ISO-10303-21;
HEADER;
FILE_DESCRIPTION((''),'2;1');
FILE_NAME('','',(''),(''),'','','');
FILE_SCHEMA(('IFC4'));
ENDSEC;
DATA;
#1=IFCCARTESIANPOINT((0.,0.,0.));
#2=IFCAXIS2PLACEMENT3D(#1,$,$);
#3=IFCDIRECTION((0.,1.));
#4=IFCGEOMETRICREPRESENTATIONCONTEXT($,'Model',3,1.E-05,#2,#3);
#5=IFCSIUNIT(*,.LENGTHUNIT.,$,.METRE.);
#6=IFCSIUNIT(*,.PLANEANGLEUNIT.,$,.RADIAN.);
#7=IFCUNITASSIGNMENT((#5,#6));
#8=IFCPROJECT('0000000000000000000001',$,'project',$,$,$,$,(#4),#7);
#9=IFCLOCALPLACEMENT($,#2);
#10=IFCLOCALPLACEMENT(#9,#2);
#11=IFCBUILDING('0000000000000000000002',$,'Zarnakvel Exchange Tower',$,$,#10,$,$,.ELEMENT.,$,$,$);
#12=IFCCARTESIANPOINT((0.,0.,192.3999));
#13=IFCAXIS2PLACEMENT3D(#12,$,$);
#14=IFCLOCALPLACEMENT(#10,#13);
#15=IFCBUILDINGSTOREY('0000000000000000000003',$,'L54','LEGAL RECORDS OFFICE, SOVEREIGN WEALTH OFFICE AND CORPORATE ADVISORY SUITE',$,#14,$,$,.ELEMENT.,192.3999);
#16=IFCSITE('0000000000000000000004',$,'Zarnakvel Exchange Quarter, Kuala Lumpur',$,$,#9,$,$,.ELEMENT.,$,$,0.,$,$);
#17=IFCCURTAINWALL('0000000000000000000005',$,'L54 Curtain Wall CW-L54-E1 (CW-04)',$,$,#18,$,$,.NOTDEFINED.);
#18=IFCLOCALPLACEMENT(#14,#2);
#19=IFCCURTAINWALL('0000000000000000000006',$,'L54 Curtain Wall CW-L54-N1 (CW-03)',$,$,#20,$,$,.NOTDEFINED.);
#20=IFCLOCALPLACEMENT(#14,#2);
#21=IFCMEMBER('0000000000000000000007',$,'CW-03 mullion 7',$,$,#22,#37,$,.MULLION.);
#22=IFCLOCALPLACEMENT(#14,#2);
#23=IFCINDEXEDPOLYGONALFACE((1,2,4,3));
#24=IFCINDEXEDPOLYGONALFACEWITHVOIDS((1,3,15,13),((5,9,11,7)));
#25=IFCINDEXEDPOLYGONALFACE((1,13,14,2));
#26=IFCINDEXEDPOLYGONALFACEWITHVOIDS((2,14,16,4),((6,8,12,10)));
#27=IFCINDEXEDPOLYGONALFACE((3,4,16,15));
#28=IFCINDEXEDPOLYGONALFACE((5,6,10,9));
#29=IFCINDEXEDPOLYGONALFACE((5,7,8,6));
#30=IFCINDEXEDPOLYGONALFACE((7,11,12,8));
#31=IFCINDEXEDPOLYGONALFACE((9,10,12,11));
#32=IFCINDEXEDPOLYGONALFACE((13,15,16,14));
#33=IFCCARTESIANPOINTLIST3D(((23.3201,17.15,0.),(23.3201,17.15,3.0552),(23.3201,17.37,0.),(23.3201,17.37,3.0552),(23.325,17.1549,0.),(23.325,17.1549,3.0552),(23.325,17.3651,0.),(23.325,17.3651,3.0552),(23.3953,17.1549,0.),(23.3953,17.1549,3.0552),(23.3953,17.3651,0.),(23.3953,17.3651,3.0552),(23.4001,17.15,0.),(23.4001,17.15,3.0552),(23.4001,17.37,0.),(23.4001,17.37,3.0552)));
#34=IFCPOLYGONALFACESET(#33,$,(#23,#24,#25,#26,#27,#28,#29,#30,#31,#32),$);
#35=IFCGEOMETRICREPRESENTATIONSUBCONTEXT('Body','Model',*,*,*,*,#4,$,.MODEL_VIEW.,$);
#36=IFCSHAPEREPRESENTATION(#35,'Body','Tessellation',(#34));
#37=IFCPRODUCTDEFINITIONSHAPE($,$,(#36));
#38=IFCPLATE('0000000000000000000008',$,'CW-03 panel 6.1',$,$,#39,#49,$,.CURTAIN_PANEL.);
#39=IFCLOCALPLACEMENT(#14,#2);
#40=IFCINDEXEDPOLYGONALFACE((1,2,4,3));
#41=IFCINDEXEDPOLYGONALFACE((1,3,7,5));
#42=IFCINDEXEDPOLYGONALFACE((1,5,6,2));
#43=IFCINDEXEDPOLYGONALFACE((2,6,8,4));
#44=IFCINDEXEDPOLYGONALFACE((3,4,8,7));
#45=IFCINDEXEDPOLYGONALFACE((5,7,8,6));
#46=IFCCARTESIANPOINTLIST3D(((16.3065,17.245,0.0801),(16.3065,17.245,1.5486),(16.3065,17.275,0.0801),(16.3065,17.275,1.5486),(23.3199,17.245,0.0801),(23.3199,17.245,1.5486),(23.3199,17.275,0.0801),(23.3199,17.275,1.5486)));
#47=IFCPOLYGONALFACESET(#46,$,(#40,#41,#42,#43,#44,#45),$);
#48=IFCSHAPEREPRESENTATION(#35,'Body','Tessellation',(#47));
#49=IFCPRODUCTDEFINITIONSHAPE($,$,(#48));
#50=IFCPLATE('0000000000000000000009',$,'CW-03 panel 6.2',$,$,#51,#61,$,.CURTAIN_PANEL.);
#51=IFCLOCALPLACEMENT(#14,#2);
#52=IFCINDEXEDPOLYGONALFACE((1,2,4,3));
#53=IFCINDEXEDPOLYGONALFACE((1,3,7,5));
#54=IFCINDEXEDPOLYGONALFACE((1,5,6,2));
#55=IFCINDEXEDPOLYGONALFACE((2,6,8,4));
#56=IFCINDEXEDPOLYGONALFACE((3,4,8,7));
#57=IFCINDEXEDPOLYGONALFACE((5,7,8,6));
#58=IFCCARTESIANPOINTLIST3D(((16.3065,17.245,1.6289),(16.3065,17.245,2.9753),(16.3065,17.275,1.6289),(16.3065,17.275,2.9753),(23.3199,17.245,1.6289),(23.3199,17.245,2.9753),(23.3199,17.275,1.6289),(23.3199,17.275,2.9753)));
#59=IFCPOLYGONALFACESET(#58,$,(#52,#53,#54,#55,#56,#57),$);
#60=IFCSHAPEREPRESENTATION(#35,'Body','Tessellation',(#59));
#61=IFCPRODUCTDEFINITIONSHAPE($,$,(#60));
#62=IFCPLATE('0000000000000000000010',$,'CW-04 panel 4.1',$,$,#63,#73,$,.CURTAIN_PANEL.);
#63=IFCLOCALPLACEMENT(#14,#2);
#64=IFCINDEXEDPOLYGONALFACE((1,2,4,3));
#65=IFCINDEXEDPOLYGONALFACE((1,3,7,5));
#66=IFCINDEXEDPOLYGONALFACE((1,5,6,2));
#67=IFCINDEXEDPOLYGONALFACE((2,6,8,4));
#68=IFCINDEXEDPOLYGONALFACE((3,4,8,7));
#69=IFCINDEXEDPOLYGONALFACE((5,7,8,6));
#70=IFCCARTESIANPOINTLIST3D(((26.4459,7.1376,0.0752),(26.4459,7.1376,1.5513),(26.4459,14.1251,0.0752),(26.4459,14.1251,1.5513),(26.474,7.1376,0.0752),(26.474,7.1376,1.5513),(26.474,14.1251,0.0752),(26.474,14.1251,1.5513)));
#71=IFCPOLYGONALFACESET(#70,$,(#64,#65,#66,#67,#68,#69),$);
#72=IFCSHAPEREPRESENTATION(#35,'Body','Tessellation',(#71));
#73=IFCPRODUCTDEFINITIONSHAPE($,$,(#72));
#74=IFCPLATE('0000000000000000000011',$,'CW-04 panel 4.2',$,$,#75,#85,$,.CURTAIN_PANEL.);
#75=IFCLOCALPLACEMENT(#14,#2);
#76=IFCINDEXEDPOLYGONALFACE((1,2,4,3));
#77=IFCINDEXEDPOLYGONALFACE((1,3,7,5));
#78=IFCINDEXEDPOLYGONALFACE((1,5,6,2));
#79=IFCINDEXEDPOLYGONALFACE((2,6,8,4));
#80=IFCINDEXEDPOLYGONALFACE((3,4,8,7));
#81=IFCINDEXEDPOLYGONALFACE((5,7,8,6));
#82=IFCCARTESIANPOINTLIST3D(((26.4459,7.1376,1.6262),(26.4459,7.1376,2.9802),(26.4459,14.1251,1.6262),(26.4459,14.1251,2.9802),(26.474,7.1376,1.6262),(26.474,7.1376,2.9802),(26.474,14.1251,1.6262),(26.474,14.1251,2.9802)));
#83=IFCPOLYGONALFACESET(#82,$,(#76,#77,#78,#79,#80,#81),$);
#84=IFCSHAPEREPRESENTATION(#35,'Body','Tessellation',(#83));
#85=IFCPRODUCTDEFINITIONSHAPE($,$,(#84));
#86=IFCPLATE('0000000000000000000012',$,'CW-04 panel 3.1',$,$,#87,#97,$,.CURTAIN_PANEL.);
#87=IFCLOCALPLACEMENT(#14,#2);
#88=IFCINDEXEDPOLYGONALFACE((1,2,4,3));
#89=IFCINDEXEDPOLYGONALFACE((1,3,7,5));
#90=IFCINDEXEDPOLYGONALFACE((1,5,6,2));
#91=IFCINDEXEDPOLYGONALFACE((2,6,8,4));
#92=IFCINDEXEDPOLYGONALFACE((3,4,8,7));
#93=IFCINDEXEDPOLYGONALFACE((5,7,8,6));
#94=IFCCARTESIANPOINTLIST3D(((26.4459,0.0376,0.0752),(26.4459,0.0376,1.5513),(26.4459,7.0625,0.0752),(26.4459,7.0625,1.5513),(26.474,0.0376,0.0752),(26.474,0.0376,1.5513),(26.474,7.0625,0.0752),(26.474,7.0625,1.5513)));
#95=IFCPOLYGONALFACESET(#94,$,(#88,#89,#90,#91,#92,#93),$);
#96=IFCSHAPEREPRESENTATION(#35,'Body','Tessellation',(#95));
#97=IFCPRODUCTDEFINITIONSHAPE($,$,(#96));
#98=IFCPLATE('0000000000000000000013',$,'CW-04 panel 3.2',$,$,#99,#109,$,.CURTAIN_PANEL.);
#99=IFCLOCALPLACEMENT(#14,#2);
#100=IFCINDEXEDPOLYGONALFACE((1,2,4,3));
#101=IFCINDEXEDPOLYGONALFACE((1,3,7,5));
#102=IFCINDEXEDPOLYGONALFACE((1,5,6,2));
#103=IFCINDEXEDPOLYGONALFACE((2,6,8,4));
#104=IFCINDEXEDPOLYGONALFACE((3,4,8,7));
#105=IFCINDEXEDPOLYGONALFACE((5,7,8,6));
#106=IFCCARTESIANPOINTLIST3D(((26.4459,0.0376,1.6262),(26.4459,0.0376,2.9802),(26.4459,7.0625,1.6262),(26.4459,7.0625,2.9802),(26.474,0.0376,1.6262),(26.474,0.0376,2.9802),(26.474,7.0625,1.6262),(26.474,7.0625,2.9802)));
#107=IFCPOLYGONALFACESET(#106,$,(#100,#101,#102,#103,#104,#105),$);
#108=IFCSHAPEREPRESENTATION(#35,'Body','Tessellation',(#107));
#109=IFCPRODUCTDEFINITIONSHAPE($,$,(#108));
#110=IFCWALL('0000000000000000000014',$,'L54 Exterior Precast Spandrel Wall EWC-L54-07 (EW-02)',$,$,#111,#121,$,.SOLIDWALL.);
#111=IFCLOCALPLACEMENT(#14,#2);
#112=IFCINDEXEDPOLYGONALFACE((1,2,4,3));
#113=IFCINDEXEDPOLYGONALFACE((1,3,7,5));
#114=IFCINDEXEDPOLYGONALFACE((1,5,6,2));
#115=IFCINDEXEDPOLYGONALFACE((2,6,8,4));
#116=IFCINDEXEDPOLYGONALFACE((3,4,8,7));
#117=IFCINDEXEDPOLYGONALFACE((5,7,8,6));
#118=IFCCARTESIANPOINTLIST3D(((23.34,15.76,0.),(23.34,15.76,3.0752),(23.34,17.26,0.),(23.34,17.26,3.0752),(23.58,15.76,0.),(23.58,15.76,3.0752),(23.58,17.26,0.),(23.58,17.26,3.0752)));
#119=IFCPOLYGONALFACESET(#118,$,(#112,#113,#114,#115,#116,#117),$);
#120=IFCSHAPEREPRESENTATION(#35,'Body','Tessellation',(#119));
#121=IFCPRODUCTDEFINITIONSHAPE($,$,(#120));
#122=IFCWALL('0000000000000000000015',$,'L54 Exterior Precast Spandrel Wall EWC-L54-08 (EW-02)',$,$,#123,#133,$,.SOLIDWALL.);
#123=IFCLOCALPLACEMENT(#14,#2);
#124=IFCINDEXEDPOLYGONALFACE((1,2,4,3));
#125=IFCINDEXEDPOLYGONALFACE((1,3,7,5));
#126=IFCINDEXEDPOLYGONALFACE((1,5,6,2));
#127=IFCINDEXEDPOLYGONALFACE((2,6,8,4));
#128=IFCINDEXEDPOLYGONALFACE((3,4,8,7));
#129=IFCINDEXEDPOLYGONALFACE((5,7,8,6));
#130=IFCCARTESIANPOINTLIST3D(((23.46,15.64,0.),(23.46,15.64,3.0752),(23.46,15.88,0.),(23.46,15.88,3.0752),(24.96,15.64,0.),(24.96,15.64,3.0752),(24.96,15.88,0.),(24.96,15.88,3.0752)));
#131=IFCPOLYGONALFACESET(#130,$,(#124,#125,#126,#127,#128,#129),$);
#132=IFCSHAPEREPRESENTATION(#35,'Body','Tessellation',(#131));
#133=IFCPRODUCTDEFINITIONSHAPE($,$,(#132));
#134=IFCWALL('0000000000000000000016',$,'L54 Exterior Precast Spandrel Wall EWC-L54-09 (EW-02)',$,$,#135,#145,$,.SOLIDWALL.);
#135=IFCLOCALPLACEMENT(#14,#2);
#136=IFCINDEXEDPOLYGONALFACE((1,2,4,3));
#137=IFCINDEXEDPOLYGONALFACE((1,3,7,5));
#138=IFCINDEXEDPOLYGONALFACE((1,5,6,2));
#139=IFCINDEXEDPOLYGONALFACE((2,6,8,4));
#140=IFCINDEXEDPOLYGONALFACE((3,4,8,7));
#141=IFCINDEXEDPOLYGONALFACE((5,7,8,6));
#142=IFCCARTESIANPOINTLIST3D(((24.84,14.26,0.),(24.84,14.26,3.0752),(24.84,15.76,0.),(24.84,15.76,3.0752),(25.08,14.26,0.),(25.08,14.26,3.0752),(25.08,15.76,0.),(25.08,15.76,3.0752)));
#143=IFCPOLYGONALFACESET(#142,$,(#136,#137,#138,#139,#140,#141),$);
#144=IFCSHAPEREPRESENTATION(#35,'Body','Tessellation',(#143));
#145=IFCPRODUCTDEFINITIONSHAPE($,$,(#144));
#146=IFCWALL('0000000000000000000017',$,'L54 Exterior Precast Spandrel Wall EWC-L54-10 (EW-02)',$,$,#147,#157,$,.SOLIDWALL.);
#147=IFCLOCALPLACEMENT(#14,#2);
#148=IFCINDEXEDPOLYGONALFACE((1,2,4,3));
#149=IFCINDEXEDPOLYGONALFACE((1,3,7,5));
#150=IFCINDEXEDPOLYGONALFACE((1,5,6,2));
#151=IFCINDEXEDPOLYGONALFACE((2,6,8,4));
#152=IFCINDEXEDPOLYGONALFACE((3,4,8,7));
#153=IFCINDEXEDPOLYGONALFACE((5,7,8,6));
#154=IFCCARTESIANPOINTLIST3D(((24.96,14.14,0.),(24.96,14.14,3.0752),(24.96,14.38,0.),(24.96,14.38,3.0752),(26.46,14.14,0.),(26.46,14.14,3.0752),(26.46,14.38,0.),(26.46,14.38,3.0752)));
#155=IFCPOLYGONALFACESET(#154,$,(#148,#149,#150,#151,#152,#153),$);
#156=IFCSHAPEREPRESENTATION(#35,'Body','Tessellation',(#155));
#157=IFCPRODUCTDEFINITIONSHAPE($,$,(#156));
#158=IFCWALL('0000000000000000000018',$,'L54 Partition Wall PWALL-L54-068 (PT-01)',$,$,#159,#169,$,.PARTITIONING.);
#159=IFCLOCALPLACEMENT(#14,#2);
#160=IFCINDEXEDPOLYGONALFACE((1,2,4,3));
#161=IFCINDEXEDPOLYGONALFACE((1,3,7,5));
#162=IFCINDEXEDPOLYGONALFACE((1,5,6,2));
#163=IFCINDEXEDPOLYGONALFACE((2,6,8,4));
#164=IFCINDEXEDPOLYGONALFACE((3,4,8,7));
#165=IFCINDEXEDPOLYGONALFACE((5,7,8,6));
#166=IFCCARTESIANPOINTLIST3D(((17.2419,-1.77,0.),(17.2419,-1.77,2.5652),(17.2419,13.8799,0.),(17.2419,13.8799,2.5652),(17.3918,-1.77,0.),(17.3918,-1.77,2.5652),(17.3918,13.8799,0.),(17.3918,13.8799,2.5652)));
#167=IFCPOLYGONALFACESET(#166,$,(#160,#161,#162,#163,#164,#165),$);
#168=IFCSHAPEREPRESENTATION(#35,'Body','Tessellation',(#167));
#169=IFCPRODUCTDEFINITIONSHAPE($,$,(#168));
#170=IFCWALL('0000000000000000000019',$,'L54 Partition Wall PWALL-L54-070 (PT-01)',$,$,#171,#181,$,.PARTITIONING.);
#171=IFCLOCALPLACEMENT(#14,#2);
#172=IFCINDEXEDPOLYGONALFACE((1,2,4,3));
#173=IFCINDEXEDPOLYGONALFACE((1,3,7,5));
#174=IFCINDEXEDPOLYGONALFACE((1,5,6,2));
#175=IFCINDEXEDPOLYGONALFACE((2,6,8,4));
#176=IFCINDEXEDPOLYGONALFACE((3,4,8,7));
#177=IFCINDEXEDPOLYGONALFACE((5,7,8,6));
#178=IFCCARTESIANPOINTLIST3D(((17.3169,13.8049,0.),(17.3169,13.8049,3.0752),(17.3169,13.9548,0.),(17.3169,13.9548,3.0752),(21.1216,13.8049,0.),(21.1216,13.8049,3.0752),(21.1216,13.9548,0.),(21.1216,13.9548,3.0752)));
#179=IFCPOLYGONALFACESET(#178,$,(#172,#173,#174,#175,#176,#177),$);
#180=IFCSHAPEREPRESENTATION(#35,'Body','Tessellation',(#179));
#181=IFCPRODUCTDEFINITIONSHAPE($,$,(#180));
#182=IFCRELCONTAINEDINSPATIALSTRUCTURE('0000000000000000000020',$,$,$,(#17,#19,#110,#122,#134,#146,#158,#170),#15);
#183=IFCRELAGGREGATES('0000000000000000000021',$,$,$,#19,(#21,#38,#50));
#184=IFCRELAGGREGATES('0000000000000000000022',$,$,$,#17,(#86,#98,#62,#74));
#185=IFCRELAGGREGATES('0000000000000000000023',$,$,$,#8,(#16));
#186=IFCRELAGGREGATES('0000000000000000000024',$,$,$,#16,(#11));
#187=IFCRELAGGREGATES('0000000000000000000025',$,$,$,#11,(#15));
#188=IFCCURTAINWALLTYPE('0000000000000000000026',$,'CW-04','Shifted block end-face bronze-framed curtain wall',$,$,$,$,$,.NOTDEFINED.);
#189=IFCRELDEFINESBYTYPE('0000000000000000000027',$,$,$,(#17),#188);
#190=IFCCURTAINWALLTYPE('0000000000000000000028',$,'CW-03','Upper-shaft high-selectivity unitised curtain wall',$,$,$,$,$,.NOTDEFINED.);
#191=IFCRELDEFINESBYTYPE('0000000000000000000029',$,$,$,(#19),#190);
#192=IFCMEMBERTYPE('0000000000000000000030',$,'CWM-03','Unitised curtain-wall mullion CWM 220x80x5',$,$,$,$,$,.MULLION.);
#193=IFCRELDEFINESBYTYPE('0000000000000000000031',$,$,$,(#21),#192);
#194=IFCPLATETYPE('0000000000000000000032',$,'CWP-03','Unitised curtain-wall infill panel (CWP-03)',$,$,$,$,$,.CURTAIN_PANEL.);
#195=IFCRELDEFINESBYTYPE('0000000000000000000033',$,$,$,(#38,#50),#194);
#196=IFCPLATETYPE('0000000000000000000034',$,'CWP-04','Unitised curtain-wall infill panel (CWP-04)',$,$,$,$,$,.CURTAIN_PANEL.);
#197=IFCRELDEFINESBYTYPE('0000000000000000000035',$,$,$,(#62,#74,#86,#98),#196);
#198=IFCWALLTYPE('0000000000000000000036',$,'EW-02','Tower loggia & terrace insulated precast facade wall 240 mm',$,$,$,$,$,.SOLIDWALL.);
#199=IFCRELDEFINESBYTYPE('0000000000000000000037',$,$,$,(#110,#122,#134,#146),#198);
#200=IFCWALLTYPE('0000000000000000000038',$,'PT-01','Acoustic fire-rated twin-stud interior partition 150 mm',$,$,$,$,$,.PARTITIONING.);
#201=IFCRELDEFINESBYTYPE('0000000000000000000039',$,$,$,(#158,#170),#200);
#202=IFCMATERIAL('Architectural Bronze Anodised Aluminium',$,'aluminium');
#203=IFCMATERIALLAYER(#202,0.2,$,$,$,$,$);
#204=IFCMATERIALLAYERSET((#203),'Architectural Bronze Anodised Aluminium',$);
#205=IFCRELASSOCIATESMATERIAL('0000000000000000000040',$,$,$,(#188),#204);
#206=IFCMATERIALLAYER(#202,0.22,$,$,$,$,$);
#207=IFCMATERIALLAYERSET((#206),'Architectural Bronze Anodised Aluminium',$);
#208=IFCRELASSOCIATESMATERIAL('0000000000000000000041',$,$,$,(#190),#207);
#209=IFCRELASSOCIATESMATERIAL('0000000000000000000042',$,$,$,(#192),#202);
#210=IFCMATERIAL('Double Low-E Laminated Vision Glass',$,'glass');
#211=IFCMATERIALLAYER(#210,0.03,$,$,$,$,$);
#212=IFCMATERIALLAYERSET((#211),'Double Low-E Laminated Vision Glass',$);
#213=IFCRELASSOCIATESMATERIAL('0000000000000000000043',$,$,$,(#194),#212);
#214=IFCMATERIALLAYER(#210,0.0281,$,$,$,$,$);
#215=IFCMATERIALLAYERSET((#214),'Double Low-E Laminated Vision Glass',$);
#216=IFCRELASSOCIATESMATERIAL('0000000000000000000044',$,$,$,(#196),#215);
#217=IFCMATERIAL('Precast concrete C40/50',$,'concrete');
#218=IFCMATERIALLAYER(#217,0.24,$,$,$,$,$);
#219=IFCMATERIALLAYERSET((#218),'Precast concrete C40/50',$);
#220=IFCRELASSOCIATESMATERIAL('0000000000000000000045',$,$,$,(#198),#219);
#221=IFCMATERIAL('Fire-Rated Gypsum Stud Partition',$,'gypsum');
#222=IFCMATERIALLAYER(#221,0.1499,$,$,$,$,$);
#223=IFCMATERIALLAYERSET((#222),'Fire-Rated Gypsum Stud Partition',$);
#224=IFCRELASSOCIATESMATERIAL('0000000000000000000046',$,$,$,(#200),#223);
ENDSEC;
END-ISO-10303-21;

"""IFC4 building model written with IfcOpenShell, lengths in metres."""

from ifc_helpers import new_model, si_unit, direction, frame, frame_2d, origin, origin_2d, place, context, subcontext, project, spatial, rectangle, hollow_rectangle, extrude, source, transform, mapped, material, layer, layer_set, material_profile, profile_set, type_object, element, aggregate, save


model = new_model("IFC4")

# Units and contexts
model_context = context("Model", 3, precision=1e-05, world=origin(), true_north=direction((0.0, 1.0)))
body_context = subcontext(model_context, "Body", "Model", "MODEL_VIEW")
ifc_project = project(units=[si_unit("LENGTHUNIT", "METRE"), si_unit("PLANEANGLEUNIT", "RADIAN")], contexts=[model_context])

# Site, building, storey
site_placement = place(None, origin())
site = spatial("IfcSite", under=ifc_project, at=site_placement, Name="Zarnakvel Exchange Quarter, Kuala Lumpur", CompositionType="ELEMENT", RefElevation=0.0)
building_placement = place(site_placement, origin())
building = spatial("IfcBuilding", under=site, at=building_placement, Name="Zarnakvel Exchange Tower", CompositionType="ELEMENT")
storey_placement = place(building_placement, frame((0.0, 0.0, 192.3999)))
storey = spatial("IfcBuildingStorey", under=building, at=storey_placement, Name="L54", Description="LEGAL RECORDS OFFICE, SOVEREIGN WEALTH OFFICE AND CORPORATE ADVISORY SUITE", CompositionType="ELEMENT", Elevation=192.3999)

# Curtain walls
ifc_material_1 = material(Name="Architectural Bronze Anodised Aluminium", Category="aluminium")
ifc_layer_1 = layer(ifc_material_1, 0.2)
ifc_layer_set_1 = layer_set([ifc_layer_1], Name="Architectural Bronze Anodised Aluminium")
curtain_wall_type_1 = type_object("IfcCurtainWallType", Name="CW-04", Description="Shifted block end-face bronze-framed curtain wall", PredefinedType="NOTDEFINED", material=ifc_layer_set_1)
curtain_wall_1_placement = place(storey_placement, origin())
curtain_wall_1 = element("IfcCurtainWall", 1, at=curtain_wall_1_placement, inside=storey, type_object=curtain_wall_type_1, Name="L54 Curtain Wall CW-L54-E1 (CW-04)", PredefinedType="NOTDEFINED")
ifc_layer_2 = layer(ifc_material_1, 0.22)
ifc_layer_set_2 = layer_set([ifc_layer_2], Name="Architectural Bronze Anodised Aluminium")
curtain_wall_type_2 = type_object("IfcCurtainWallType", Name="CW-03", Description="Upper-shaft high-selectivity unitised curtain wall", PredefinedType="NOTDEFINED", material=ifc_layer_set_2)
curtain_wall_2_placement = place(storey_placement, origin())
curtain_wall_2 = element("IfcCurtainWall", 2, at=curtain_wall_2_placement, inside=storey, type_object=curtain_wall_type_2, Name="L54 Curtain Wall CW-L54-N1 (CW-03)", PredefinedType="NOTDEFINED")

# Member
ifc_material_profile_1 = material_profile(ifc_material_1, hollow_rectangle(XDim=0.22, YDim=0.0801, WallThickness=0.0049, at=origin_2d()))
ifc_profile_set_1 = profile_set([ifc_material_profile_1], Name="Architectural Bronze Anodised Aluminium")
member_type_1 = type_object("IfcMemberType", Name="CWM-03", Description="Unitised curtain-wall mullion CWM 220x80x5", PredefinedType="MULLION", material=ifc_profile_set_1)
shared_shape_1 = source(origin(), body_context, "Body", "SweptSolid", [
    extrude(hollow_rectangle(XDim=0.22, YDim=0.0801, WallThickness=0.0049, at=origin_2d()), origin(), (0.0, 0.0, 1.0), 3.0552),
])
member_1_placement = place(storey_placement, frame((23.3601, 17.26, 0.0), z_axis=(0.0, 0.0, 1.0), x_axis=(0.0, 1.0, 0.0)))
member_1 = element("IfcMember", 3, at=member_1_placement, type_object=member_type_1, Name="CW-03 mullion 7", PredefinedType="MULLION", context=body_context, shape_type="MappedRepresentation", body=[
    mapped(shared_shape_1, transform((0.0, 0.0, 0.0), x_axis=(1.0, 0.0, 0.0), y_axis=(0.0, 1.0, 0.0), z_axis=(0.0, 0.0, 1.0), scale=1.0)),
])

# Plates
ifc_material_2 = material(Name="Double Low-E Laminated Vision Glass", Category="glass")
ifc_layer_3 = layer(ifc_material_2, 0.03)
ifc_layer_set_3 = layer_set([ifc_layer_3], Name="Double Low-E Laminated Vision Glass")
plate_type_1 = type_object("IfcPlateType", Name="CWP-03", Description="Unitised curtain-wall infill panel (CWP-03)", PredefinedType="CURTAIN_PANEL", material=ifc_layer_set_3)
shared_shape_2 = source(origin(), body_context, "Body", "SweptSolid", [
    extrude(rectangle(XDim=7.0134, YDim=0.03, at=origin_2d()), origin(), (0.0, 0.0, 1.0), 1.4685),
])
plate_1_placement = place(storey_placement, frame((19.8132, 17.26, 0.0801), z_axis=(0.0, 0.0, 1.0), x_axis=(1.0, 0.0, 0.0)))
plate_1 = element("IfcPlate", 4, at=plate_1_placement, type_object=plate_type_1, Name="CW-03 panel 6.1", PredefinedType="CURTAIN_PANEL", context=body_context, shape_type="MappedRepresentation", body=[
    mapped(shared_shape_2, transform((0.0, 0.0, 0.0), x_axis=(1.0, 0.0, 0.0), y_axis=(0.0, 1.0, 0.0), z_axis=(0.0, 0.0, 1.0), scale=1.0)),
])
shared_shape_3 = source(origin(), body_context, "Body", "SweptSolid", [
    extrude(rectangle(XDim=7.0134, YDim=0.03, at=origin_2d()), origin(), (0.0, 0.0, 1.0), 1.3464),
])
plate_2_placement = place(storey_placement, frame((19.8132, 17.26, 1.6289), z_axis=(0.0, 0.0, 1.0), x_axis=(1.0, 0.0, 0.0)))
plate_2 = element("IfcPlate", 5, at=plate_2_placement, type_object=plate_type_1, Name="CW-03 panel 6.2", PredefinedType="CURTAIN_PANEL", context=body_context, shape_type="MappedRepresentation", body=[
    mapped(shared_shape_3, transform((0.0, 0.0, 0.0), x_axis=(1.0, 0.0, 0.0), y_axis=(0.0, 1.0, 0.0), z_axis=(0.0, 0.0, 1.0), scale=1.0)),
])
aggregate(curtain_wall_2, [member_1, plate_1, plate_2])
ifc_layer_4 = layer(ifc_material_2, 0.0281)
ifc_layer_set_4 = layer_set([ifc_layer_4], Name="Double Low-E Laminated Vision Glass")
plate_type_2 = type_object("IfcPlateType", Name="CWP-04", Description="Unitised curtain-wall infill panel (CWP-04)", PredefinedType="CURTAIN_PANEL", material=ifc_layer_set_4)
shared_shape_4 = source(origin(), body_context, "Body", "SweptSolid", [
    extrude(rectangle(XDim=6.9875, YDim=0.0281, at=origin_2d()), origin(), (0.0, 0.0, 1.0), 1.4761),
])
plate_3_placement = place(storey_placement, frame((26.46, 10.6313, 0.0752), z_axis=(0.0, 0.0, 1.0), x_axis=(0.0, 1.0, 0.0)))
plate_3 = element("IfcPlate", 6, at=plate_3_placement, type_object=plate_type_2, Name="CW-04 panel 4.1", PredefinedType="CURTAIN_PANEL", context=body_context, shape_type="MappedRepresentation", body=[
    mapped(shared_shape_4, transform((0.0, 0.0, 0.0), x_axis=(1.0, 0.0, 0.0), y_axis=(0.0, 1.0, 0.0), z_axis=(0.0, 0.0, 1.0), scale=1.0)),
])
shared_shape_5 = source(origin(), body_context, "Body", "SweptSolid", [
    extrude(rectangle(XDim=6.9875, YDim=0.0281, at=origin_2d()), origin(), (0.0, 0.0, 1.0), 1.354),
])
plate_4_placement = place(storey_placement, frame((26.46, 10.6313, 1.6262), z_axis=(0.0, 0.0, 1.0), x_axis=(0.0, 1.0, 0.0)))
plate_4 = element("IfcPlate", 7, at=plate_4_placement, type_object=plate_type_2, Name="CW-04 panel 4.2", PredefinedType="CURTAIN_PANEL", context=body_context, shape_type="MappedRepresentation", body=[
    mapped(shared_shape_5, transform((0.0, 0.0, 0.0), x_axis=(1.0, 0.0, 0.0), y_axis=(0.0, 1.0, 0.0), z_axis=(0.0, 0.0, 1.0), scale=1.0)),
])
shared_shape_6 = source(origin(), body_context, "Body", "SweptSolid", [
    extrude(rectangle(XDim=7.0249, YDim=0.0281, at=origin_2d()), origin(), (0.0, 0.0, 1.0), 1.4761),
])
plate_5_placement = place(storey_placement, frame((26.46, 3.55, 0.0752), z_axis=(0.0, 0.0, 1.0), x_axis=(0.0, 1.0, 0.0)))
plate_5 = element("IfcPlate", 8, at=plate_5_placement, type_object=plate_type_2, Name="CW-04 panel 3.1", PredefinedType="CURTAIN_PANEL", context=body_context, shape_type="MappedRepresentation", body=[
    mapped(shared_shape_6, transform((0.0, 0.0, 0.0), x_axis=(1.0, 0.0, 0.0), y_axis=(0.0, 1.0, 0.0), z_axis=(0.0, 0.0, 1.0), scale=1.0)),
])
shared_shape_7 = source(origin(), body_context, "Body", "SweptSolid", [
    extrude(rectangle(XDim=7.0249, YDim=0.0281, at=origin_2d()), origin(), (0.0, 0.0, 1.0), 1.354),
])
plate_6_placement = place(storey_placement, frame((26.46, 3.55, 1.6262), z_axis=(0.0, 0.0, 1.0), x_axis=(0.0, 1.0, 0.0)))
plate_6 = element("IfcPlate", 9, at=plate_6_placement, type_object=plate_type_2, Name="CW-04 panel 3.2", PredefinedType="CURTAIN_PANEL", context=body_context, shape_type="MappedRepresentation", body=[
    mapped(shared_shape_7, transform((0.0, 0.0, 0.0), x_axis=(1.0, 0.0, 0.0), y_axis=(0.0, 1.0, 0.0), z_axis=(0.0, 0.0, 1.0), scale=1.0)),
])
aggregate(curtain_wall_1, [plate_5, plate_6, plate_3, plate_4])

# Walls
ifc_material_3 = material(Name="Precast concrete C40/50", Category="concrete")
ifc_layer_5 = layer(ifc_material_3, 0.24)
ifc_layer_set_5 = layer_set([ifc_layer_5], Name="Precast concrete C40/50")
wall_type_1 = type_object("IfcWallType", Name="EW-02", Description="Tower loggia & terrace insulated precast facade wall 240 mm", PredefinedType="SOLIDWALL", material=ifc_layer_set_5)
for number, where, z_axis, x_axis, name in (
    (10, (23.46, 15.76, 0.0), (0.0, 0.0, 1.0), (0.0, 1.0, 0.0), "L54 Exterior Precast Spandrel Wall EWC-L54-07 (EW-02)"),
    (11, (24.96, 15.76, 0.0), (0.0, 0.0, 1.0), (-1.0, 0.0, 0.0), "L54 Exterior Precast Spandrel Wall EWC-L54-08 (EW-02)"),
    (12, (24.96, 14.26, 0.0), (0.0, 0.0, 1.0), (0.0, 1.0, 0.0), "L54 Exterior Precast Spandrel Wall EWC-L54-09 (EW-02)"),
    (13, (26.46, 14.26, 0.0), (0.0, 0.0, 1.0), (-1.0, 0.0, 0.0), "L54 Exterior Precast Spandrel Wall EWC-L54-10 (EW-02)"),
):
    element("IfcWall", number, at=place(storey_placement, frame(where, z_axis=z_axis, x_axis=x_axis)), inside=storey, type_object=wall_type_1, Name=name, PredefinedType="SOLIDWALL", context=body_context, shape_type="SweptSolid", body=[
        extrude(rectangle(XDim=1.5, YDim=0.24, at=frame_2d((0.75, 0.0))), origin(), (0.0, 0.0, 1.0), 3.0752),
    ])
ifc_material_4 = material(Name="Fire-Rated Gypsum Stud Partition", Category="gypsum")
ifc_layer_6 = layer(ifc_material_4, 0.1499)
ifc_layer_set_6 = layer_set([ifc_layer_6], Name="Fire-Rated Gypsum Stud Partition")
wall_type_2 = type_object("IfcWallType", Name="PT-01", Description="Acoustic fire-rated twin-stud interior partition 150 mm", PredefinedType="PARTITIONING", material=ifc_layer_set_6)
wall_1_placement = place(storey_placement, frame((17.3169, 13.8799, 0.0), z_axis=(0.0, 0.0, 1.0), x_axis=(0.0, -1.0, 0.0)))
element("IfcWall", 14, at=wall_1_placement, inside=storey, type_object=wall_type_2, Name="L54 Partition Wall PWALL-L54-068 (PT-01)", PredefinedType="PARTITIONING", context=body_context, shape_type="SweptSolid", body=[
    extrude(rectangle(XDim=15.6499, YDim=0.1499, at=frame_2d((7.825, 0.0))), origin(), (0.0, 0.0, 1.0), 2.5652),
])
wall_2_placement = place(storey_placement, frame((17.3169, 13.8799, 0.0), z_axis=(0.0, 0.0, 1.0), x_axis=(1.0, 0.0, 0.0)))
element("IfcWall", 15, at=wall_2_placement, inside=storey, type_object=wall_type_2, Name="L54 Partition Wall PWALL-L54-070 (PT-01)", PredefinedType="PARTITIONING", context=body_context, shape_type="SweptSolid", body=[
    extrude(rectangle(XDim=3.8047, YDim=0.1499, at=frame_2d((1.9023, 0.0))), origin(), (0.0, 0.0, 1.0), 3.0752),
])

save(model, "model.ifc")
